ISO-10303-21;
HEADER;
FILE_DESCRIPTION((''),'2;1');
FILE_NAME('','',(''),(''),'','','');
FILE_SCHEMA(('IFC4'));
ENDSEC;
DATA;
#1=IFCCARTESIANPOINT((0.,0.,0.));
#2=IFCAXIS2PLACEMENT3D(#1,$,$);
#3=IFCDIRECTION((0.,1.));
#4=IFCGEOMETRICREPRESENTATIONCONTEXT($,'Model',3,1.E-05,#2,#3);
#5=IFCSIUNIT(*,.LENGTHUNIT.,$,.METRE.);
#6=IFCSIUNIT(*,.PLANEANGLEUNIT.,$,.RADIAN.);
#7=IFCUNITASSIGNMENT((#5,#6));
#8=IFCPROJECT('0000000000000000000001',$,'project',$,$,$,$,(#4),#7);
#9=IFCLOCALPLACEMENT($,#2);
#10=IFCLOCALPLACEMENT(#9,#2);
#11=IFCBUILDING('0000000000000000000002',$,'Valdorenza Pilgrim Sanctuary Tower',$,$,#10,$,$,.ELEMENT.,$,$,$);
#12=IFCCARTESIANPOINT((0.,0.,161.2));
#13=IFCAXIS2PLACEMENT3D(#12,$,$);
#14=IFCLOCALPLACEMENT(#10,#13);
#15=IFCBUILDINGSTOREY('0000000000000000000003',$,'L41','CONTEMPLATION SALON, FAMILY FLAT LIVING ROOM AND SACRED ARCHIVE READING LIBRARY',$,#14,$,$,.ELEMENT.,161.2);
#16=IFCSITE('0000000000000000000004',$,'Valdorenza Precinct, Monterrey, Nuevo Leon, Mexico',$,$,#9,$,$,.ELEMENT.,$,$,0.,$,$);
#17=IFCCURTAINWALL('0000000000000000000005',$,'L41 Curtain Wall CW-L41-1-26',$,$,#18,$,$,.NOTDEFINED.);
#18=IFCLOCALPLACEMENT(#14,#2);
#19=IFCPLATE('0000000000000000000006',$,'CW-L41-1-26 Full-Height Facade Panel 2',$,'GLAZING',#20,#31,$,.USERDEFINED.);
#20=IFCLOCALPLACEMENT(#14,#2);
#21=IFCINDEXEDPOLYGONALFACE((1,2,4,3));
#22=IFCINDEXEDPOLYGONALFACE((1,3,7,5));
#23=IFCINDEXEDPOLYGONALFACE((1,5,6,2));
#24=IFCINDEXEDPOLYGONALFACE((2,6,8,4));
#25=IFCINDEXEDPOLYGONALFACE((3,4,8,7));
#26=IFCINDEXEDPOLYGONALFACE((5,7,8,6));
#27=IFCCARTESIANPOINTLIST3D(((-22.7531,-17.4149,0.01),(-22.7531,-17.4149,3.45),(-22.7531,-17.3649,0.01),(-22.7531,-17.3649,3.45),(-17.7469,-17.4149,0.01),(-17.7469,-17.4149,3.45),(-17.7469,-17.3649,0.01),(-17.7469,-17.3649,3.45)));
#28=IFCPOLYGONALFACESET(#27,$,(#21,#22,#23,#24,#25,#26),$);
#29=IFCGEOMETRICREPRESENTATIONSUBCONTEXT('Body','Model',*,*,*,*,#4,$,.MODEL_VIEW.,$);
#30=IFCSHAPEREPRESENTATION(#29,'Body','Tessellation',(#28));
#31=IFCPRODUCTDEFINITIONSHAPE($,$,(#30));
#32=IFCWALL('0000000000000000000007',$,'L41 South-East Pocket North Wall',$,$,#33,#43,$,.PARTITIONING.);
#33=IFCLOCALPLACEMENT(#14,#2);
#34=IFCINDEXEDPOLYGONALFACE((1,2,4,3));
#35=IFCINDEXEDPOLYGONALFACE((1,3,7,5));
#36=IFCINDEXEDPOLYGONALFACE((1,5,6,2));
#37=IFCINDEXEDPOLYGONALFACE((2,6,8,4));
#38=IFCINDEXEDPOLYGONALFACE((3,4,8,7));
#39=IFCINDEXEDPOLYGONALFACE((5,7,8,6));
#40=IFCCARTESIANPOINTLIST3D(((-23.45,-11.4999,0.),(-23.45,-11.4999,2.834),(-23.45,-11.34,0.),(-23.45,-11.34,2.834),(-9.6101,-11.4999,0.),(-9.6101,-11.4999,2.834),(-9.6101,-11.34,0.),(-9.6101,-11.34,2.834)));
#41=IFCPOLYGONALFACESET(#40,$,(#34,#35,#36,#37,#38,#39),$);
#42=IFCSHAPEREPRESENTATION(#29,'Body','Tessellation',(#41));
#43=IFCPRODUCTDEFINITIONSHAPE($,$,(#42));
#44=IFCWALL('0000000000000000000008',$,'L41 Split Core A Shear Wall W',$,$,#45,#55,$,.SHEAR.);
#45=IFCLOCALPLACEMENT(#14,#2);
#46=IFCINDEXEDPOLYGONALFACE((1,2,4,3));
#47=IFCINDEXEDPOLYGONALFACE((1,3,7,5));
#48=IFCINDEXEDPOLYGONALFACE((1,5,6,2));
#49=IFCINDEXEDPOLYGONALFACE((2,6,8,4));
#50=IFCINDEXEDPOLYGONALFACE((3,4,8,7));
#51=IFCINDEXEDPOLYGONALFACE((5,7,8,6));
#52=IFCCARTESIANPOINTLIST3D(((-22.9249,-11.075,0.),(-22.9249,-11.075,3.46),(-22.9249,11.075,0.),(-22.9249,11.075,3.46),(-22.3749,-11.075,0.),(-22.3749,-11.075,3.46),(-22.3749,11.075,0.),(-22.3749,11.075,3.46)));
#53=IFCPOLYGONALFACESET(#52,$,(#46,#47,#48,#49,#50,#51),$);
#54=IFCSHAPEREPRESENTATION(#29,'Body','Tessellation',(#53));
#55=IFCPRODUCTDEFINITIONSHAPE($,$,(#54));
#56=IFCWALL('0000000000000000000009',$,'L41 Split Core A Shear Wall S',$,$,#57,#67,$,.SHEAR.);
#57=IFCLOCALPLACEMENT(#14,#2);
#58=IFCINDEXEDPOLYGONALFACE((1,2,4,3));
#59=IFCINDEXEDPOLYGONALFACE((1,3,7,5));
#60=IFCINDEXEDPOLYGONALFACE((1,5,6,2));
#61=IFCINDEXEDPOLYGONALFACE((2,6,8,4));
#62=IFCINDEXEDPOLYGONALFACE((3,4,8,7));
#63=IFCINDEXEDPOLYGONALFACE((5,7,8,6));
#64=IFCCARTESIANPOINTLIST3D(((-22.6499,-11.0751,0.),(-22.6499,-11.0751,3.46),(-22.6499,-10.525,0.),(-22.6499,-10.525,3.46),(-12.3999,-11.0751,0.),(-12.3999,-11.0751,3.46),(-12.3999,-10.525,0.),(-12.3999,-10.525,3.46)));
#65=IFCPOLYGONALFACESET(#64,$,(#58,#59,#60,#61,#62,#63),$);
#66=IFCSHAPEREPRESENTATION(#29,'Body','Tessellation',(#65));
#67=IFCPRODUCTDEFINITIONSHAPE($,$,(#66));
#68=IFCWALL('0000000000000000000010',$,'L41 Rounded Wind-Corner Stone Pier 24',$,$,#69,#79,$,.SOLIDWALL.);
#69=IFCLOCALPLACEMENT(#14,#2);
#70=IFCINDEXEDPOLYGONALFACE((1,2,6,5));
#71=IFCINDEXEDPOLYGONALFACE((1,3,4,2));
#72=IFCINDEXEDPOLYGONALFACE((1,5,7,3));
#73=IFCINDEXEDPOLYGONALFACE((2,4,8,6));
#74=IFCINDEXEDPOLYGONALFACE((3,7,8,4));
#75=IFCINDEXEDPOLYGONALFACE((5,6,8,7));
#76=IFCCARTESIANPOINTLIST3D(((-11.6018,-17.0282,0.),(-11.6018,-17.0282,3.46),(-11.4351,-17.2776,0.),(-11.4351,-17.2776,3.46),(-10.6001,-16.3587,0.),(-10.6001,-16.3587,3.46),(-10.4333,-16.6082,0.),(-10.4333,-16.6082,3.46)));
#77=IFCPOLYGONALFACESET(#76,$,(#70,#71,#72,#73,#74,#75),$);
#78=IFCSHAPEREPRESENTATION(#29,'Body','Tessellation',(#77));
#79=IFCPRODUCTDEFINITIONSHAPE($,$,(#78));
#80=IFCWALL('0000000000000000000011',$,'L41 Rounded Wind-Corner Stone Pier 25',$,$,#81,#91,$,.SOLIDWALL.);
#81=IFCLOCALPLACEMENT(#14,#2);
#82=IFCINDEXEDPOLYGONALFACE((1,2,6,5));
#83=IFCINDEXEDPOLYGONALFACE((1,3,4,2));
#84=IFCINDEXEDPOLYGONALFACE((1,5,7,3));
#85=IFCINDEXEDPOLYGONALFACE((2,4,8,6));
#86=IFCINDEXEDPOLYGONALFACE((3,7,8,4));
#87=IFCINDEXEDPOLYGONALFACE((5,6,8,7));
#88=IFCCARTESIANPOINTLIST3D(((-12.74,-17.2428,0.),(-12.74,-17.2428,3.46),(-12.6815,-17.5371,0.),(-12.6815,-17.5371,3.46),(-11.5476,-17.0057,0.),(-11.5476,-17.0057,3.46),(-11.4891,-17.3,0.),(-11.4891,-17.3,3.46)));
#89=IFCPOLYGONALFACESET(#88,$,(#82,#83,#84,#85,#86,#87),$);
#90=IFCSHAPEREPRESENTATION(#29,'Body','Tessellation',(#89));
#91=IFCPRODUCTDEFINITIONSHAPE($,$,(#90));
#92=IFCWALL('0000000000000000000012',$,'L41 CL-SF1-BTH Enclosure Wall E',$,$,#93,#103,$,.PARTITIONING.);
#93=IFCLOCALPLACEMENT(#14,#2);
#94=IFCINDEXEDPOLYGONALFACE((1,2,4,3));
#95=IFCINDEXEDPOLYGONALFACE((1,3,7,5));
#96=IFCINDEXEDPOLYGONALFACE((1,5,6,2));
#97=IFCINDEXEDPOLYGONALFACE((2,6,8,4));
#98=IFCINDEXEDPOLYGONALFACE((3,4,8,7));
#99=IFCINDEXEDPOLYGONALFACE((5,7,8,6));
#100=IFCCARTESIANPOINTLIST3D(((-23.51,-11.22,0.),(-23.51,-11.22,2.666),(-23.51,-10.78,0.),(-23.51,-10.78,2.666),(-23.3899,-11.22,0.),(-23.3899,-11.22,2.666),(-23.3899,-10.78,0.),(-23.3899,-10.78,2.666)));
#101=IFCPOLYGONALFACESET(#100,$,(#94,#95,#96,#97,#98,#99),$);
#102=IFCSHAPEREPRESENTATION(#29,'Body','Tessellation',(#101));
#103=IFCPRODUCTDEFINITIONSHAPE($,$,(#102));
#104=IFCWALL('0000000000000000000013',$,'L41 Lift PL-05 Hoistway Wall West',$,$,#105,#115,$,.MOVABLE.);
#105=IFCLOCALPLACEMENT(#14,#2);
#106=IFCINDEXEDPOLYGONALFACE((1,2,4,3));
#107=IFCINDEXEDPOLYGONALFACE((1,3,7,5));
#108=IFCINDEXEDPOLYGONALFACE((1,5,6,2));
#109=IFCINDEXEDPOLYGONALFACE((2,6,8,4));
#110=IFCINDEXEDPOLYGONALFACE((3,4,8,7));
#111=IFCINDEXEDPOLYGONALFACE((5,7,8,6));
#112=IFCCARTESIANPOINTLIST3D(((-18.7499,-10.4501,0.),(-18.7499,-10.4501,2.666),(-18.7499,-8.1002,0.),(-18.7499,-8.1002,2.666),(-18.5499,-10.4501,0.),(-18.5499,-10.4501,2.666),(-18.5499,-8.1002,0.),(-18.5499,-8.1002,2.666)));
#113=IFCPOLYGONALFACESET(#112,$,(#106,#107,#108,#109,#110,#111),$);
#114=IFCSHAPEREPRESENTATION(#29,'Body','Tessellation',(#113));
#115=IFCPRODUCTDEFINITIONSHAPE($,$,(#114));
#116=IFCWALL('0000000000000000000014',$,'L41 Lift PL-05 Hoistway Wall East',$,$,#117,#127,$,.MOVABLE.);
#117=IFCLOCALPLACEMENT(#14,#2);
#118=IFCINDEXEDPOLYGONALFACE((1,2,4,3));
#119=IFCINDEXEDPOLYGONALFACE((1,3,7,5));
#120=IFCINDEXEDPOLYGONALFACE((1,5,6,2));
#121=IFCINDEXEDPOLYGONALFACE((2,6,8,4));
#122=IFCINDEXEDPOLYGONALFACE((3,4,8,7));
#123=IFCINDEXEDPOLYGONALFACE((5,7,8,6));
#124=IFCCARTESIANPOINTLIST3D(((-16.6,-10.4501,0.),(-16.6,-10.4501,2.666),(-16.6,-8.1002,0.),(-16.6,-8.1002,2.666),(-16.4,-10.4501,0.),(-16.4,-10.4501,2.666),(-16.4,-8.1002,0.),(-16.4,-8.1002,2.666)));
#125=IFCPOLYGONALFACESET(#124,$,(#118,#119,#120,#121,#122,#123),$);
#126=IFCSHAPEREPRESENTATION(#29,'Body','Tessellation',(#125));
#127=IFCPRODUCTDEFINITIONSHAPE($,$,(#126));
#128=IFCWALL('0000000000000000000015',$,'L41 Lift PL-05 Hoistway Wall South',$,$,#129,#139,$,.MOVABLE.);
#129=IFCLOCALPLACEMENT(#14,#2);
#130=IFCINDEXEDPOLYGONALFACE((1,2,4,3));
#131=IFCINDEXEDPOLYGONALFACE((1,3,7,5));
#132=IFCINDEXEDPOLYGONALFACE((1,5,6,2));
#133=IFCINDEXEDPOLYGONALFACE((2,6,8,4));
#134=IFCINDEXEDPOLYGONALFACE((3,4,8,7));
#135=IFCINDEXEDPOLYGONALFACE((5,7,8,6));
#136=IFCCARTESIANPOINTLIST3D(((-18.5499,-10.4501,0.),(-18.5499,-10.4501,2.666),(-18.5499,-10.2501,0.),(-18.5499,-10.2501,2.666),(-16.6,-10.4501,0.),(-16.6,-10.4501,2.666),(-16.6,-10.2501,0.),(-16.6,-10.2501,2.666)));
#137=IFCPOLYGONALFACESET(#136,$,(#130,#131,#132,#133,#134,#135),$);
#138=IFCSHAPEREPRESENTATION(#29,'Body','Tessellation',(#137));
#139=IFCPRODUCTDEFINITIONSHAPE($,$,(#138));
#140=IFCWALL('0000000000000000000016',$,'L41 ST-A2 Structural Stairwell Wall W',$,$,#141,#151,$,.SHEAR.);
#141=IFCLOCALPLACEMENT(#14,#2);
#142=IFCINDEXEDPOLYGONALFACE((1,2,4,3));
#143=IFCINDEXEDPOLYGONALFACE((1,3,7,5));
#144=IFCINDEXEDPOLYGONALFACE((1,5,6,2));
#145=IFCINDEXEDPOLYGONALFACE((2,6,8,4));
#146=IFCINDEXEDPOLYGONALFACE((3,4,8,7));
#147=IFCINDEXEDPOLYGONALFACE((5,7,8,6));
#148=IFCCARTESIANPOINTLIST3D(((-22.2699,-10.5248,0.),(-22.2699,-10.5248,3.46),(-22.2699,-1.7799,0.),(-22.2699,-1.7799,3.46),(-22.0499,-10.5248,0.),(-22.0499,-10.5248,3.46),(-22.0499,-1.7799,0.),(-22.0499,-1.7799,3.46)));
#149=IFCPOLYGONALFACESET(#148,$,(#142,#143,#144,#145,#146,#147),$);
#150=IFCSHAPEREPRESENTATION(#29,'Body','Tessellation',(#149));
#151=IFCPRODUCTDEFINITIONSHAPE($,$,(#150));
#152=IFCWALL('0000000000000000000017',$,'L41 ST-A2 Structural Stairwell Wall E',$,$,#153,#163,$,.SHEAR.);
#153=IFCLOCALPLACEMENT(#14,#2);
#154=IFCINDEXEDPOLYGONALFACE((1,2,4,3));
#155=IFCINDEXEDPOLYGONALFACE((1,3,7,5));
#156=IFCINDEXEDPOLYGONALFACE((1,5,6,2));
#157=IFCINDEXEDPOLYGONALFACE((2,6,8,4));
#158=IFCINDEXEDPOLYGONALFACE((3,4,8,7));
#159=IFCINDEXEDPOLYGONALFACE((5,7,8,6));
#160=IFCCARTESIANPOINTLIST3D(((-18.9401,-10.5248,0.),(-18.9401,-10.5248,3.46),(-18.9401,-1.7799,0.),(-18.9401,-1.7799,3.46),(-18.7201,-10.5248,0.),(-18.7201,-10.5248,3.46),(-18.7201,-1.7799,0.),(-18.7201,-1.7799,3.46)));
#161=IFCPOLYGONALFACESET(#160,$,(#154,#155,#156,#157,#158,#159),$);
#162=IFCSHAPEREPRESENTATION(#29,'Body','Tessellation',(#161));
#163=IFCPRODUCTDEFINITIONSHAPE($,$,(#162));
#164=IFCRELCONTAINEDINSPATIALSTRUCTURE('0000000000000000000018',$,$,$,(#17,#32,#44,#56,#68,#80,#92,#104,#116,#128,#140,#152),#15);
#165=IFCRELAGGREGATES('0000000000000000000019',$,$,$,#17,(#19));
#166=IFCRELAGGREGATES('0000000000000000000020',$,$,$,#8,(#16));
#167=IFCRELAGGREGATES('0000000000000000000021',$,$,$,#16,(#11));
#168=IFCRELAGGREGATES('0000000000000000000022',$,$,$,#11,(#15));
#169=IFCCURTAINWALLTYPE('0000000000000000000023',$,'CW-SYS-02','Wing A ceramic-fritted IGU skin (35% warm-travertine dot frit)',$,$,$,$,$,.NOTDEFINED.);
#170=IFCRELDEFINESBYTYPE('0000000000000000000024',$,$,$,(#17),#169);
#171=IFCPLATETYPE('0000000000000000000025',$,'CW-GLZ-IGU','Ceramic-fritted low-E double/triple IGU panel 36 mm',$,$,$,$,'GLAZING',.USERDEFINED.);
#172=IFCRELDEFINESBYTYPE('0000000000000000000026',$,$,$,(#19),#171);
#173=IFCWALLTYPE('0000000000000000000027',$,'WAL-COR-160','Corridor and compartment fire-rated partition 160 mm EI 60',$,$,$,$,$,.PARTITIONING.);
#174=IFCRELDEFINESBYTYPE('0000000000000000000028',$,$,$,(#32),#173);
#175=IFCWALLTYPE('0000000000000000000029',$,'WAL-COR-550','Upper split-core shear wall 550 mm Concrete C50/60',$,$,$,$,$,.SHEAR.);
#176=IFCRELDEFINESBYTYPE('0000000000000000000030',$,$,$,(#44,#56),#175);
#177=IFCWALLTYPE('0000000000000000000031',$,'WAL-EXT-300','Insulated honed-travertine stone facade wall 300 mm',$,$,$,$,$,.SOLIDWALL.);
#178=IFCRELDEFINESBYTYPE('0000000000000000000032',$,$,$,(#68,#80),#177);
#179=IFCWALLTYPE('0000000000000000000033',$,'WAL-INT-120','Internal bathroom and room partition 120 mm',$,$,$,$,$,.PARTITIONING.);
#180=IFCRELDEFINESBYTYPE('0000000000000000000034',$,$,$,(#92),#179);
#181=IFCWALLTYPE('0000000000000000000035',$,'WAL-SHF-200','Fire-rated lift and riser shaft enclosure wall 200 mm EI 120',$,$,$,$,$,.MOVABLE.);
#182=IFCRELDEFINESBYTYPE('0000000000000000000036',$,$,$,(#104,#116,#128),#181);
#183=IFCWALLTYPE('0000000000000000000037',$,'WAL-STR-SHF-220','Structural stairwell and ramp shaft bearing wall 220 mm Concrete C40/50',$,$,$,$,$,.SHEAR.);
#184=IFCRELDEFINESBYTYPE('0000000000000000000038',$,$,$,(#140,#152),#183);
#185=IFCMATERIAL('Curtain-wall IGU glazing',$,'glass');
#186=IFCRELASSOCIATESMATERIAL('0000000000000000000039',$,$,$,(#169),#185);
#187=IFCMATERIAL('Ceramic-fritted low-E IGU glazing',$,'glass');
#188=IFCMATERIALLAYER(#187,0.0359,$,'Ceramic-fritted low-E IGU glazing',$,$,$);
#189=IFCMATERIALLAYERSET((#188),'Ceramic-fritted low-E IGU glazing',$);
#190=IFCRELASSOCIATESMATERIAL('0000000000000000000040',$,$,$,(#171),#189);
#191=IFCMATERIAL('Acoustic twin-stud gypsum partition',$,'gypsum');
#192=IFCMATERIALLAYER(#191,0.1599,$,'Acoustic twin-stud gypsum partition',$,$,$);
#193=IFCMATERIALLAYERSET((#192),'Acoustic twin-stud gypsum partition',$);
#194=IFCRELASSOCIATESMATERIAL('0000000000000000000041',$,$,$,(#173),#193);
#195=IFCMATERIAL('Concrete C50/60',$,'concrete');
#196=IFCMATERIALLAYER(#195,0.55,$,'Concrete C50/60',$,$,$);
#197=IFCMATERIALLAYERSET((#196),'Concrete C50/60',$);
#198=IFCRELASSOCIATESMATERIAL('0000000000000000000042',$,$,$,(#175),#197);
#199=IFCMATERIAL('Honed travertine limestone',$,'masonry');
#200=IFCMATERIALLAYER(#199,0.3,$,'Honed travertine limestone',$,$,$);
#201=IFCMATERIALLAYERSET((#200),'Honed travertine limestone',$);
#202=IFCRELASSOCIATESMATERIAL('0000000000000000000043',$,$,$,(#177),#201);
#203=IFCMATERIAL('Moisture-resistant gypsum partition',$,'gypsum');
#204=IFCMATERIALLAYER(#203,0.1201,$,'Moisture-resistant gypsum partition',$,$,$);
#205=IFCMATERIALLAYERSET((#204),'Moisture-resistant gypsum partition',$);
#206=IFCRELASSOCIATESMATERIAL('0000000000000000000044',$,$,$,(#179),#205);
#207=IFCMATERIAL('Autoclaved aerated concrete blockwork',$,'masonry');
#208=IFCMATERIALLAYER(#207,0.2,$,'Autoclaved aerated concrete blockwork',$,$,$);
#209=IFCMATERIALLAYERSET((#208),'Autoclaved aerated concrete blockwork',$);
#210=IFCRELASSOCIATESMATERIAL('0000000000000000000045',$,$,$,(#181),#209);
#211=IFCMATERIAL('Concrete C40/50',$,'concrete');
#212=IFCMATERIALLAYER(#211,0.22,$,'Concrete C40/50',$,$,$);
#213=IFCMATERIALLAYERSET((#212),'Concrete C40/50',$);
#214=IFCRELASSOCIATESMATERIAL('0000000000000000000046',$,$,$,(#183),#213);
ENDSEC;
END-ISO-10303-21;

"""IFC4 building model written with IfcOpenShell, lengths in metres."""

from ifc_helpers import new_model, si_unit, direction, frame, frame_2d, origin, origin_2d, place, context, subcontext, project, spatial, rectangle, extrude, source, transform, mapped, material, layer, layer_set, type_object, element, aggregate, save


model = new_model("IFC4")

# Units and contexts
model_context = context("Model", 3, precision=1e-05, world=origin(), true_north=direction((0.0, 1.0)))
body_context = subcontext(model_context, "Body", "Model", "MODEL_VIEW")
ifc_project = project(units=[si_unit("LENGTHUNIT", "METRE"), si_unit("PLANEANGLEUNIT", "RADIAN")], contexts=[model_context])

# Site, building, storey
site_placement = place(None, origin())
site = spatial("IfcSite", under=ifc_project, at=site_placement, Name="Valdorenza Precinct, Monterrey, Nuevo Leon, Mexico", CompositionType="ELEMENT", RefElevation=0.0)
building_placement = place(site_placement, origin())
building = spatial("IfcBuilding", under=site, at=building_placement, Name="Valdorenza Pilgrim Sanctuary Tower", CompositionType="ELEMENT")
storey_placement = place(building_placement, frame((0.0, 0.0, 161.2)))
storey = spatial("IfcBuildingStorey", under=building, at=storey_placement, Name="L41", Description="CONTEMPLATION SALON, FAMILY FLAT LIVING ROOM AND SACRED ARCHIVE READING LIBRARY", CompositionType="ELEMENT", Elevation=161.2)

# Curtain wall, plate
ifc_material_1 = material(Name="Curtain-wall IGU glazing", Category="glass")
curtain_wall_type = type_object("IfcCurtainWallType", Name="CW-SYS-02", Description="Wing A ceramic-fritted IGU skin (35% warm-travertine dot frit)", PredefinedType="NOTDEFINED", material=ifc_material_1)
curtain_wall_placement = place(storey_placement, origin())
curtain_wall = element("IfcCurtainWall", 1, at=curtain_wall_placement, inside=storey, type_object=curtain_wall_type, Name="L41 Curtain Wall CW-L41-1-26", PredefinedType="NOTDEFINED")
ifc_material_2 = material(Name="Honed travertine limestone", Category="masonry")
ifc_material_3 = material(Name="Ceramic-fritted low-E IGU glazing", Category="glass")
ifc_layer_1 = layer(ifc_material_3, 0.0359, Name="Ceramic-fritted low-E IGU glazing")
ifc_layer_set_1 = layer_set([ifc_layer_1], Name="Ceramic-fritted low-E IGU glazing")
plate_type_1 = type_object("IfcPlateType", Name="CW-GLZ-IGU", Description="Ceramic-fritted low-E double/triple IGU panel 36 mm", ElementType="GLAZING", PredefinedType="USERDEFINED", material=ifc_layer_set_1)
shared_shape_1 = source(origin(), body_context, "Body", "SweptSolid", [
    extrude(rectangle(XDim=5.0061, YDim=0.05, at=origin_2d()), origin(), (0.0, 0.0, 1.0), 3.4399),
])
plate_1_placement = place(storey_placement, frame((-20.25, -17.3899, 0.01), z_axis=(0.0, 0.0, 1.0), x_axis=(-1.0, 0.0, 0.0)))
plate_1 = element("IfcPlate", 2, at=plate_1_placement, type_object=plate_type_1, Name="CW-L41-1-26 Full-Height Facade Panel 2", ObjectType="GLAZING", PredefinedType="USERDEFINED", context=body_context, shape_type="MappedRepresentation", body=[
    mapped(shared_shape_1, transform((0.0, 0.0, 0.0), x_axis=(1.0, 0.0, 0.0), y_axis=(0.0, 1.0, 0.0), z_axis=(0.0, 0.0, 1.0), scale=1.0)),
])
aggregate(curtain_wall, [plate_1])

# Walls
ifc_material_4 = material(Name="Acoustic twin-stud gypsum partition", Category="gypsum")
ifc_layer_2 = layer(ifc_material_4, 0.1599, Name="Acoustic twin-stud gypsum partition")
ifc_layer_set_2 = layer_set([ifc_layer_2], Name="Acoustic twin-stud gypsum partition")
wall_type_1 = type_object("IfcWallType", Name="WAL-COR-160", Description="Corridor and compartment fire-rated partition 160 mm EI 60", PredefinedType="PARTITIONING", material=ifc_layer_set_2)
wall_1_placement = place(storey_placement, frame((-23.45, -11.4199, 0.0), z_axis=(0.0, 0.0, 1.0), x_axis=(1.0, 0.0, 0.0)))
element("IfcWall", 3, at=wall_1_placement, inside=storey, type_object=wall_type_1, Name="L41 South-East Pocket North Wall", PredefinedType="PARTITIONING", context=body_context, shape_type="SweptSolid", body=[
    extrude(rectangle(XDim=13.8398, YDim=0.1599, at=frame_2d((6.9199, 0.0))), origin(), (0.0, 0.0, 1.0), 2.834),
])
ifc_material_5 = material(Name="Concrete C50/60", Category="concrete")
ifc_layer_3 = layer(ifc_material_5, 0.55, Name="Concrete C50/60")
ifc_layer_set_3 = layer_set([ifc_layer_3], Name="Concrete C50/60")
wall_type_2 = type_object("IfcWallType", Name="WAL-COR-550", Description="Upper split-core shear wall 550 mm Concrete C50/60", PredefinedType="SHEAR", material=ifc_layer_set_3)
wall_2_placement = place(storey_placement, frame((-22.6499, -11.075, 0.0), z_axis=(0.0, 0.0, 1.0), x_axis=(0.0, 1.0, 0.0)))
element("IfcWall", 4, at=wall_2_placement, inside=storey, type_object=wall_type_2, Name="L41 Split Core A Shear Wall W", PredefinedType="SHEAR", context=body_context, shape_type="SweptSolid", body=[
    extrude(rectangle(XDim=22.1499, YDim=0.55, at=frame_2d((11.075, 0.0))), origin(), (0.0, 0.0, 1.0), 3.46),
])
wall_3_placement = place(storey_placement, frame((-22.6499, -10.8, 0.0), z_axis=(0.0, 0.0, 1.0), x_axis=(1.0, 0.0, 0.0)))
element("IfcWall", 5, at=wall_3_placement, inside=storey, type_object=wall_type_2, Name="L41 Split Core A Shear Wall S", PredefinedType="SHEAR", context=body_context, shape_type="SweptSolid", body=[
    extrude(rectangle(XDim=10.25, YDim=0.55, at=frame_2d((5.125, 0.0))), origin(), (0.0, 0.0, 1.0), 3.46),
])
ifc_layer_4 = layer(ifc_material_2, 0.3, Name="Honed travertine limestone")
ifc_layer_set_4 = layer_set([ifc_layer_4], Name="Honed travertine limestone")
wall_type_3 = type_object("IfcWallType", Name="WAL-EXT-300", Description="Insulated honed-travertine stone facade wall 300 mm", PredefinedType="SOLIDWALL", material=ifc_layer_set_4)
wall_4_placement = place(storey_placement, frame((-10.5166, -16.4834, 0.0), z_axis=(0.0, 0.0, 1.0), x_axis=(-0.831426, -0.555635, 0.0)))
element("IfcWall", 6, at=wall_4_placement, inside=storey, type_object=wall_type_3, Name="L41 Rounded Wind-Corner Stone Pier 24", PredefinedType="SOLIDWALL", context=body_context, shape_type="SweptSolid", body=[
    extrude(rectangle(XDim=1.2048, YDim=0.3, at=frame_2d((0.6025, 0.0))), origin(), (0.0, 0.0, 1.0), 3.46),
])
wall_5_placement = place(storey_placement, frame((-11.5183, -17.1528, 0.0), z_axis=(0.0, 0.0, 1.0), x_axis=(-0.980804, -0.194996, 0.0)))
element("IfcWall", 7, at=wall_5_placement, inside=storey, type_object=wall_type_3, Name="L41 Rounded Wind-Corner Stone Pier 25", PredefinedType="SOLIDWALL", context=body_context, shape_type="SweptSolid", body=[
    extrude(rectangle(XDim=1.2158, YDim=0.3, at=frame_2d((0.6079, 0.0))), origin(), (0.0, 0.0, 1.0), 3.46),
])
ifc_material_6 = material(Name="Moisture-resistant gypsum partition", Category="gypsum")
ifc_layer_5 = layer(ifc_material_6, 0.1201, Name="Moisture-resistant gypsum partition")
ifc_layer_set_5 = layer_set([ifc_layer_5], Name="Moisture-resistant gypsum partition")
wall_type_4 = type_object("IfcWallType", Name="WAL-INT-120", Description="Internal bathroom and room partition 120 mm", PredefinedType="PARTITIONING", material=ifc_layer_set_5)
wall_6_placement = place(storey_placement, frame((-23.45, -11.22, 0.0), z_axis=(0.0, 0.0, 1.0), x_axis=(0.0, 1.0, 0.0)))
element("IfcWall", 8, at=wall_6_placement, inside=storey, type_object=wall_type_4, Name="L41 CL-SF1-BTH Enclosure Wall E", PredefinedType="PARTITIONING", context=body_context, shape_type="SweptSolid", body=[
    extrude(rectangle(XDim=0.4399, YDim=0.1201, at=frame_2d((0.22, 0.0))), origin(), (0.0, 0.0, 1.0), 2.666),
])
ifc_material_7 = material(Name="Autoclaved aerated concrete blockwork", Category="masonry")
ifc_layer_6 = layer(ifc_material_7, 0.2, Name="Autoclaved aerated concrete blockwork")
ifc_layer_set_6 = layer_set([ifc_layer_6], Name="Autoclaved aerated concrete blockwork")
wall_type_5 = type_object("IfcWallType", Name="WAL-SHF-200", Description="Fire-rated lift and riser shaft enclosure wall 200 mm EI 120", PredefinedType="MOVABLE", material=ifc_layer_set_6)
for number, where, z_axis, x_axis, name in (
    (9, (-18.6499, -10.45, 0.0), (0.0, 0.0, 1.0), (0.0, 1.0, 0.0), "L41 Lift PL-05 Hoistway Wall West"),
    (10, (-16.5, -10.45, 0.0), (0.0, 0.0, 1.0), (0.0, 1.0, 0.0), "L41 Lift PL-05 Hoistway Wall East"),
):
    element("IfcWall", number, at=place(storey_placement, frame(where, z_axis=z_axis, x_axis=x_axis)), inside=storey, type_object=wall_type_5, Name=name, PredefinedType="MOVABLE", context=body_context, shape_type="SweptSolid", body=[
        extrude(rectangle(XDim=2.3499, YDim=0.2, at=frame_2d((1.1748, 0.0))), origin(), (0.0, 0.0, 1.0), 2.666),
    ])
wall_7_placement = place(storey_placement, frame((-18.55, -10.3501, 0.0), z_axis=(0.0, 0.0, 1.0), x_axis=(1.0, 0.0, 0.0)))
element("IfcWall", 11, at=wall_7_placement, inside=storey, type_object=wall_type_5, Name="L41 Lift PL-05 Hoistway Wall South", PredefinedType="MOVABLE", context=body_context, shape_type="SweptSolid", body=[
    extrude(rectangle(XDim=1.95, YDim=0.2, at=frame_2d((0.9751, 0.0))), origin(), (0.0, 0.0, 1.0), 2.666),
])
ifc_material_8 = material(Name="Concrete C40/50", Category="concrete")
ifc_layer_7 = layer(ifc_material_8, 0.22, Name="Concrete C40/50")
ifc_layer_set_7 = layer_set([ifc_layer_7], Name="Concrete C40/50")
wall_type_6 = type_object("IfcWallType", Name="WAL-STR-SHF-220", Description="Structural stairwell and ramp shaft bearing wall 220 mm Concrete C40/50", PredefinedType="SHEAR", material=ifc_layer_set_7)
for number, where, z_axis, x_axis, name in (
    (12, (-22.1599, -10.5249, 0.0), (0.0, 0.0, 1.0), (0.0, 1.0, 0.0), "L41 ST-A2 Structural Stairwell Wall W"),
    (13, (-18.8301, -10.5249, 0.0), (0.0, 0.0, 1.0), (0.0, 1.0, 0.0), "L41 ST-A2 Structural Stairwell Wall E"),
):
    element("IfcWall", number, at=place(storey_placement, frame(where, z_axis=z_axis, x_axis=x_axis)), inside=storey, type_object=wall_type_6, Name=name, PredefinedType="SHEAR", context=body_context, shape_type="SweptSolid", body=[
        extrude(rectangle(XDim=8.7449, YDim=0.22, at=frame_2d((4.3726, 0.0))), origin(), (0.0, 0.0, 1.0), 3.46),
    ])

save(model, "model.ifc")
